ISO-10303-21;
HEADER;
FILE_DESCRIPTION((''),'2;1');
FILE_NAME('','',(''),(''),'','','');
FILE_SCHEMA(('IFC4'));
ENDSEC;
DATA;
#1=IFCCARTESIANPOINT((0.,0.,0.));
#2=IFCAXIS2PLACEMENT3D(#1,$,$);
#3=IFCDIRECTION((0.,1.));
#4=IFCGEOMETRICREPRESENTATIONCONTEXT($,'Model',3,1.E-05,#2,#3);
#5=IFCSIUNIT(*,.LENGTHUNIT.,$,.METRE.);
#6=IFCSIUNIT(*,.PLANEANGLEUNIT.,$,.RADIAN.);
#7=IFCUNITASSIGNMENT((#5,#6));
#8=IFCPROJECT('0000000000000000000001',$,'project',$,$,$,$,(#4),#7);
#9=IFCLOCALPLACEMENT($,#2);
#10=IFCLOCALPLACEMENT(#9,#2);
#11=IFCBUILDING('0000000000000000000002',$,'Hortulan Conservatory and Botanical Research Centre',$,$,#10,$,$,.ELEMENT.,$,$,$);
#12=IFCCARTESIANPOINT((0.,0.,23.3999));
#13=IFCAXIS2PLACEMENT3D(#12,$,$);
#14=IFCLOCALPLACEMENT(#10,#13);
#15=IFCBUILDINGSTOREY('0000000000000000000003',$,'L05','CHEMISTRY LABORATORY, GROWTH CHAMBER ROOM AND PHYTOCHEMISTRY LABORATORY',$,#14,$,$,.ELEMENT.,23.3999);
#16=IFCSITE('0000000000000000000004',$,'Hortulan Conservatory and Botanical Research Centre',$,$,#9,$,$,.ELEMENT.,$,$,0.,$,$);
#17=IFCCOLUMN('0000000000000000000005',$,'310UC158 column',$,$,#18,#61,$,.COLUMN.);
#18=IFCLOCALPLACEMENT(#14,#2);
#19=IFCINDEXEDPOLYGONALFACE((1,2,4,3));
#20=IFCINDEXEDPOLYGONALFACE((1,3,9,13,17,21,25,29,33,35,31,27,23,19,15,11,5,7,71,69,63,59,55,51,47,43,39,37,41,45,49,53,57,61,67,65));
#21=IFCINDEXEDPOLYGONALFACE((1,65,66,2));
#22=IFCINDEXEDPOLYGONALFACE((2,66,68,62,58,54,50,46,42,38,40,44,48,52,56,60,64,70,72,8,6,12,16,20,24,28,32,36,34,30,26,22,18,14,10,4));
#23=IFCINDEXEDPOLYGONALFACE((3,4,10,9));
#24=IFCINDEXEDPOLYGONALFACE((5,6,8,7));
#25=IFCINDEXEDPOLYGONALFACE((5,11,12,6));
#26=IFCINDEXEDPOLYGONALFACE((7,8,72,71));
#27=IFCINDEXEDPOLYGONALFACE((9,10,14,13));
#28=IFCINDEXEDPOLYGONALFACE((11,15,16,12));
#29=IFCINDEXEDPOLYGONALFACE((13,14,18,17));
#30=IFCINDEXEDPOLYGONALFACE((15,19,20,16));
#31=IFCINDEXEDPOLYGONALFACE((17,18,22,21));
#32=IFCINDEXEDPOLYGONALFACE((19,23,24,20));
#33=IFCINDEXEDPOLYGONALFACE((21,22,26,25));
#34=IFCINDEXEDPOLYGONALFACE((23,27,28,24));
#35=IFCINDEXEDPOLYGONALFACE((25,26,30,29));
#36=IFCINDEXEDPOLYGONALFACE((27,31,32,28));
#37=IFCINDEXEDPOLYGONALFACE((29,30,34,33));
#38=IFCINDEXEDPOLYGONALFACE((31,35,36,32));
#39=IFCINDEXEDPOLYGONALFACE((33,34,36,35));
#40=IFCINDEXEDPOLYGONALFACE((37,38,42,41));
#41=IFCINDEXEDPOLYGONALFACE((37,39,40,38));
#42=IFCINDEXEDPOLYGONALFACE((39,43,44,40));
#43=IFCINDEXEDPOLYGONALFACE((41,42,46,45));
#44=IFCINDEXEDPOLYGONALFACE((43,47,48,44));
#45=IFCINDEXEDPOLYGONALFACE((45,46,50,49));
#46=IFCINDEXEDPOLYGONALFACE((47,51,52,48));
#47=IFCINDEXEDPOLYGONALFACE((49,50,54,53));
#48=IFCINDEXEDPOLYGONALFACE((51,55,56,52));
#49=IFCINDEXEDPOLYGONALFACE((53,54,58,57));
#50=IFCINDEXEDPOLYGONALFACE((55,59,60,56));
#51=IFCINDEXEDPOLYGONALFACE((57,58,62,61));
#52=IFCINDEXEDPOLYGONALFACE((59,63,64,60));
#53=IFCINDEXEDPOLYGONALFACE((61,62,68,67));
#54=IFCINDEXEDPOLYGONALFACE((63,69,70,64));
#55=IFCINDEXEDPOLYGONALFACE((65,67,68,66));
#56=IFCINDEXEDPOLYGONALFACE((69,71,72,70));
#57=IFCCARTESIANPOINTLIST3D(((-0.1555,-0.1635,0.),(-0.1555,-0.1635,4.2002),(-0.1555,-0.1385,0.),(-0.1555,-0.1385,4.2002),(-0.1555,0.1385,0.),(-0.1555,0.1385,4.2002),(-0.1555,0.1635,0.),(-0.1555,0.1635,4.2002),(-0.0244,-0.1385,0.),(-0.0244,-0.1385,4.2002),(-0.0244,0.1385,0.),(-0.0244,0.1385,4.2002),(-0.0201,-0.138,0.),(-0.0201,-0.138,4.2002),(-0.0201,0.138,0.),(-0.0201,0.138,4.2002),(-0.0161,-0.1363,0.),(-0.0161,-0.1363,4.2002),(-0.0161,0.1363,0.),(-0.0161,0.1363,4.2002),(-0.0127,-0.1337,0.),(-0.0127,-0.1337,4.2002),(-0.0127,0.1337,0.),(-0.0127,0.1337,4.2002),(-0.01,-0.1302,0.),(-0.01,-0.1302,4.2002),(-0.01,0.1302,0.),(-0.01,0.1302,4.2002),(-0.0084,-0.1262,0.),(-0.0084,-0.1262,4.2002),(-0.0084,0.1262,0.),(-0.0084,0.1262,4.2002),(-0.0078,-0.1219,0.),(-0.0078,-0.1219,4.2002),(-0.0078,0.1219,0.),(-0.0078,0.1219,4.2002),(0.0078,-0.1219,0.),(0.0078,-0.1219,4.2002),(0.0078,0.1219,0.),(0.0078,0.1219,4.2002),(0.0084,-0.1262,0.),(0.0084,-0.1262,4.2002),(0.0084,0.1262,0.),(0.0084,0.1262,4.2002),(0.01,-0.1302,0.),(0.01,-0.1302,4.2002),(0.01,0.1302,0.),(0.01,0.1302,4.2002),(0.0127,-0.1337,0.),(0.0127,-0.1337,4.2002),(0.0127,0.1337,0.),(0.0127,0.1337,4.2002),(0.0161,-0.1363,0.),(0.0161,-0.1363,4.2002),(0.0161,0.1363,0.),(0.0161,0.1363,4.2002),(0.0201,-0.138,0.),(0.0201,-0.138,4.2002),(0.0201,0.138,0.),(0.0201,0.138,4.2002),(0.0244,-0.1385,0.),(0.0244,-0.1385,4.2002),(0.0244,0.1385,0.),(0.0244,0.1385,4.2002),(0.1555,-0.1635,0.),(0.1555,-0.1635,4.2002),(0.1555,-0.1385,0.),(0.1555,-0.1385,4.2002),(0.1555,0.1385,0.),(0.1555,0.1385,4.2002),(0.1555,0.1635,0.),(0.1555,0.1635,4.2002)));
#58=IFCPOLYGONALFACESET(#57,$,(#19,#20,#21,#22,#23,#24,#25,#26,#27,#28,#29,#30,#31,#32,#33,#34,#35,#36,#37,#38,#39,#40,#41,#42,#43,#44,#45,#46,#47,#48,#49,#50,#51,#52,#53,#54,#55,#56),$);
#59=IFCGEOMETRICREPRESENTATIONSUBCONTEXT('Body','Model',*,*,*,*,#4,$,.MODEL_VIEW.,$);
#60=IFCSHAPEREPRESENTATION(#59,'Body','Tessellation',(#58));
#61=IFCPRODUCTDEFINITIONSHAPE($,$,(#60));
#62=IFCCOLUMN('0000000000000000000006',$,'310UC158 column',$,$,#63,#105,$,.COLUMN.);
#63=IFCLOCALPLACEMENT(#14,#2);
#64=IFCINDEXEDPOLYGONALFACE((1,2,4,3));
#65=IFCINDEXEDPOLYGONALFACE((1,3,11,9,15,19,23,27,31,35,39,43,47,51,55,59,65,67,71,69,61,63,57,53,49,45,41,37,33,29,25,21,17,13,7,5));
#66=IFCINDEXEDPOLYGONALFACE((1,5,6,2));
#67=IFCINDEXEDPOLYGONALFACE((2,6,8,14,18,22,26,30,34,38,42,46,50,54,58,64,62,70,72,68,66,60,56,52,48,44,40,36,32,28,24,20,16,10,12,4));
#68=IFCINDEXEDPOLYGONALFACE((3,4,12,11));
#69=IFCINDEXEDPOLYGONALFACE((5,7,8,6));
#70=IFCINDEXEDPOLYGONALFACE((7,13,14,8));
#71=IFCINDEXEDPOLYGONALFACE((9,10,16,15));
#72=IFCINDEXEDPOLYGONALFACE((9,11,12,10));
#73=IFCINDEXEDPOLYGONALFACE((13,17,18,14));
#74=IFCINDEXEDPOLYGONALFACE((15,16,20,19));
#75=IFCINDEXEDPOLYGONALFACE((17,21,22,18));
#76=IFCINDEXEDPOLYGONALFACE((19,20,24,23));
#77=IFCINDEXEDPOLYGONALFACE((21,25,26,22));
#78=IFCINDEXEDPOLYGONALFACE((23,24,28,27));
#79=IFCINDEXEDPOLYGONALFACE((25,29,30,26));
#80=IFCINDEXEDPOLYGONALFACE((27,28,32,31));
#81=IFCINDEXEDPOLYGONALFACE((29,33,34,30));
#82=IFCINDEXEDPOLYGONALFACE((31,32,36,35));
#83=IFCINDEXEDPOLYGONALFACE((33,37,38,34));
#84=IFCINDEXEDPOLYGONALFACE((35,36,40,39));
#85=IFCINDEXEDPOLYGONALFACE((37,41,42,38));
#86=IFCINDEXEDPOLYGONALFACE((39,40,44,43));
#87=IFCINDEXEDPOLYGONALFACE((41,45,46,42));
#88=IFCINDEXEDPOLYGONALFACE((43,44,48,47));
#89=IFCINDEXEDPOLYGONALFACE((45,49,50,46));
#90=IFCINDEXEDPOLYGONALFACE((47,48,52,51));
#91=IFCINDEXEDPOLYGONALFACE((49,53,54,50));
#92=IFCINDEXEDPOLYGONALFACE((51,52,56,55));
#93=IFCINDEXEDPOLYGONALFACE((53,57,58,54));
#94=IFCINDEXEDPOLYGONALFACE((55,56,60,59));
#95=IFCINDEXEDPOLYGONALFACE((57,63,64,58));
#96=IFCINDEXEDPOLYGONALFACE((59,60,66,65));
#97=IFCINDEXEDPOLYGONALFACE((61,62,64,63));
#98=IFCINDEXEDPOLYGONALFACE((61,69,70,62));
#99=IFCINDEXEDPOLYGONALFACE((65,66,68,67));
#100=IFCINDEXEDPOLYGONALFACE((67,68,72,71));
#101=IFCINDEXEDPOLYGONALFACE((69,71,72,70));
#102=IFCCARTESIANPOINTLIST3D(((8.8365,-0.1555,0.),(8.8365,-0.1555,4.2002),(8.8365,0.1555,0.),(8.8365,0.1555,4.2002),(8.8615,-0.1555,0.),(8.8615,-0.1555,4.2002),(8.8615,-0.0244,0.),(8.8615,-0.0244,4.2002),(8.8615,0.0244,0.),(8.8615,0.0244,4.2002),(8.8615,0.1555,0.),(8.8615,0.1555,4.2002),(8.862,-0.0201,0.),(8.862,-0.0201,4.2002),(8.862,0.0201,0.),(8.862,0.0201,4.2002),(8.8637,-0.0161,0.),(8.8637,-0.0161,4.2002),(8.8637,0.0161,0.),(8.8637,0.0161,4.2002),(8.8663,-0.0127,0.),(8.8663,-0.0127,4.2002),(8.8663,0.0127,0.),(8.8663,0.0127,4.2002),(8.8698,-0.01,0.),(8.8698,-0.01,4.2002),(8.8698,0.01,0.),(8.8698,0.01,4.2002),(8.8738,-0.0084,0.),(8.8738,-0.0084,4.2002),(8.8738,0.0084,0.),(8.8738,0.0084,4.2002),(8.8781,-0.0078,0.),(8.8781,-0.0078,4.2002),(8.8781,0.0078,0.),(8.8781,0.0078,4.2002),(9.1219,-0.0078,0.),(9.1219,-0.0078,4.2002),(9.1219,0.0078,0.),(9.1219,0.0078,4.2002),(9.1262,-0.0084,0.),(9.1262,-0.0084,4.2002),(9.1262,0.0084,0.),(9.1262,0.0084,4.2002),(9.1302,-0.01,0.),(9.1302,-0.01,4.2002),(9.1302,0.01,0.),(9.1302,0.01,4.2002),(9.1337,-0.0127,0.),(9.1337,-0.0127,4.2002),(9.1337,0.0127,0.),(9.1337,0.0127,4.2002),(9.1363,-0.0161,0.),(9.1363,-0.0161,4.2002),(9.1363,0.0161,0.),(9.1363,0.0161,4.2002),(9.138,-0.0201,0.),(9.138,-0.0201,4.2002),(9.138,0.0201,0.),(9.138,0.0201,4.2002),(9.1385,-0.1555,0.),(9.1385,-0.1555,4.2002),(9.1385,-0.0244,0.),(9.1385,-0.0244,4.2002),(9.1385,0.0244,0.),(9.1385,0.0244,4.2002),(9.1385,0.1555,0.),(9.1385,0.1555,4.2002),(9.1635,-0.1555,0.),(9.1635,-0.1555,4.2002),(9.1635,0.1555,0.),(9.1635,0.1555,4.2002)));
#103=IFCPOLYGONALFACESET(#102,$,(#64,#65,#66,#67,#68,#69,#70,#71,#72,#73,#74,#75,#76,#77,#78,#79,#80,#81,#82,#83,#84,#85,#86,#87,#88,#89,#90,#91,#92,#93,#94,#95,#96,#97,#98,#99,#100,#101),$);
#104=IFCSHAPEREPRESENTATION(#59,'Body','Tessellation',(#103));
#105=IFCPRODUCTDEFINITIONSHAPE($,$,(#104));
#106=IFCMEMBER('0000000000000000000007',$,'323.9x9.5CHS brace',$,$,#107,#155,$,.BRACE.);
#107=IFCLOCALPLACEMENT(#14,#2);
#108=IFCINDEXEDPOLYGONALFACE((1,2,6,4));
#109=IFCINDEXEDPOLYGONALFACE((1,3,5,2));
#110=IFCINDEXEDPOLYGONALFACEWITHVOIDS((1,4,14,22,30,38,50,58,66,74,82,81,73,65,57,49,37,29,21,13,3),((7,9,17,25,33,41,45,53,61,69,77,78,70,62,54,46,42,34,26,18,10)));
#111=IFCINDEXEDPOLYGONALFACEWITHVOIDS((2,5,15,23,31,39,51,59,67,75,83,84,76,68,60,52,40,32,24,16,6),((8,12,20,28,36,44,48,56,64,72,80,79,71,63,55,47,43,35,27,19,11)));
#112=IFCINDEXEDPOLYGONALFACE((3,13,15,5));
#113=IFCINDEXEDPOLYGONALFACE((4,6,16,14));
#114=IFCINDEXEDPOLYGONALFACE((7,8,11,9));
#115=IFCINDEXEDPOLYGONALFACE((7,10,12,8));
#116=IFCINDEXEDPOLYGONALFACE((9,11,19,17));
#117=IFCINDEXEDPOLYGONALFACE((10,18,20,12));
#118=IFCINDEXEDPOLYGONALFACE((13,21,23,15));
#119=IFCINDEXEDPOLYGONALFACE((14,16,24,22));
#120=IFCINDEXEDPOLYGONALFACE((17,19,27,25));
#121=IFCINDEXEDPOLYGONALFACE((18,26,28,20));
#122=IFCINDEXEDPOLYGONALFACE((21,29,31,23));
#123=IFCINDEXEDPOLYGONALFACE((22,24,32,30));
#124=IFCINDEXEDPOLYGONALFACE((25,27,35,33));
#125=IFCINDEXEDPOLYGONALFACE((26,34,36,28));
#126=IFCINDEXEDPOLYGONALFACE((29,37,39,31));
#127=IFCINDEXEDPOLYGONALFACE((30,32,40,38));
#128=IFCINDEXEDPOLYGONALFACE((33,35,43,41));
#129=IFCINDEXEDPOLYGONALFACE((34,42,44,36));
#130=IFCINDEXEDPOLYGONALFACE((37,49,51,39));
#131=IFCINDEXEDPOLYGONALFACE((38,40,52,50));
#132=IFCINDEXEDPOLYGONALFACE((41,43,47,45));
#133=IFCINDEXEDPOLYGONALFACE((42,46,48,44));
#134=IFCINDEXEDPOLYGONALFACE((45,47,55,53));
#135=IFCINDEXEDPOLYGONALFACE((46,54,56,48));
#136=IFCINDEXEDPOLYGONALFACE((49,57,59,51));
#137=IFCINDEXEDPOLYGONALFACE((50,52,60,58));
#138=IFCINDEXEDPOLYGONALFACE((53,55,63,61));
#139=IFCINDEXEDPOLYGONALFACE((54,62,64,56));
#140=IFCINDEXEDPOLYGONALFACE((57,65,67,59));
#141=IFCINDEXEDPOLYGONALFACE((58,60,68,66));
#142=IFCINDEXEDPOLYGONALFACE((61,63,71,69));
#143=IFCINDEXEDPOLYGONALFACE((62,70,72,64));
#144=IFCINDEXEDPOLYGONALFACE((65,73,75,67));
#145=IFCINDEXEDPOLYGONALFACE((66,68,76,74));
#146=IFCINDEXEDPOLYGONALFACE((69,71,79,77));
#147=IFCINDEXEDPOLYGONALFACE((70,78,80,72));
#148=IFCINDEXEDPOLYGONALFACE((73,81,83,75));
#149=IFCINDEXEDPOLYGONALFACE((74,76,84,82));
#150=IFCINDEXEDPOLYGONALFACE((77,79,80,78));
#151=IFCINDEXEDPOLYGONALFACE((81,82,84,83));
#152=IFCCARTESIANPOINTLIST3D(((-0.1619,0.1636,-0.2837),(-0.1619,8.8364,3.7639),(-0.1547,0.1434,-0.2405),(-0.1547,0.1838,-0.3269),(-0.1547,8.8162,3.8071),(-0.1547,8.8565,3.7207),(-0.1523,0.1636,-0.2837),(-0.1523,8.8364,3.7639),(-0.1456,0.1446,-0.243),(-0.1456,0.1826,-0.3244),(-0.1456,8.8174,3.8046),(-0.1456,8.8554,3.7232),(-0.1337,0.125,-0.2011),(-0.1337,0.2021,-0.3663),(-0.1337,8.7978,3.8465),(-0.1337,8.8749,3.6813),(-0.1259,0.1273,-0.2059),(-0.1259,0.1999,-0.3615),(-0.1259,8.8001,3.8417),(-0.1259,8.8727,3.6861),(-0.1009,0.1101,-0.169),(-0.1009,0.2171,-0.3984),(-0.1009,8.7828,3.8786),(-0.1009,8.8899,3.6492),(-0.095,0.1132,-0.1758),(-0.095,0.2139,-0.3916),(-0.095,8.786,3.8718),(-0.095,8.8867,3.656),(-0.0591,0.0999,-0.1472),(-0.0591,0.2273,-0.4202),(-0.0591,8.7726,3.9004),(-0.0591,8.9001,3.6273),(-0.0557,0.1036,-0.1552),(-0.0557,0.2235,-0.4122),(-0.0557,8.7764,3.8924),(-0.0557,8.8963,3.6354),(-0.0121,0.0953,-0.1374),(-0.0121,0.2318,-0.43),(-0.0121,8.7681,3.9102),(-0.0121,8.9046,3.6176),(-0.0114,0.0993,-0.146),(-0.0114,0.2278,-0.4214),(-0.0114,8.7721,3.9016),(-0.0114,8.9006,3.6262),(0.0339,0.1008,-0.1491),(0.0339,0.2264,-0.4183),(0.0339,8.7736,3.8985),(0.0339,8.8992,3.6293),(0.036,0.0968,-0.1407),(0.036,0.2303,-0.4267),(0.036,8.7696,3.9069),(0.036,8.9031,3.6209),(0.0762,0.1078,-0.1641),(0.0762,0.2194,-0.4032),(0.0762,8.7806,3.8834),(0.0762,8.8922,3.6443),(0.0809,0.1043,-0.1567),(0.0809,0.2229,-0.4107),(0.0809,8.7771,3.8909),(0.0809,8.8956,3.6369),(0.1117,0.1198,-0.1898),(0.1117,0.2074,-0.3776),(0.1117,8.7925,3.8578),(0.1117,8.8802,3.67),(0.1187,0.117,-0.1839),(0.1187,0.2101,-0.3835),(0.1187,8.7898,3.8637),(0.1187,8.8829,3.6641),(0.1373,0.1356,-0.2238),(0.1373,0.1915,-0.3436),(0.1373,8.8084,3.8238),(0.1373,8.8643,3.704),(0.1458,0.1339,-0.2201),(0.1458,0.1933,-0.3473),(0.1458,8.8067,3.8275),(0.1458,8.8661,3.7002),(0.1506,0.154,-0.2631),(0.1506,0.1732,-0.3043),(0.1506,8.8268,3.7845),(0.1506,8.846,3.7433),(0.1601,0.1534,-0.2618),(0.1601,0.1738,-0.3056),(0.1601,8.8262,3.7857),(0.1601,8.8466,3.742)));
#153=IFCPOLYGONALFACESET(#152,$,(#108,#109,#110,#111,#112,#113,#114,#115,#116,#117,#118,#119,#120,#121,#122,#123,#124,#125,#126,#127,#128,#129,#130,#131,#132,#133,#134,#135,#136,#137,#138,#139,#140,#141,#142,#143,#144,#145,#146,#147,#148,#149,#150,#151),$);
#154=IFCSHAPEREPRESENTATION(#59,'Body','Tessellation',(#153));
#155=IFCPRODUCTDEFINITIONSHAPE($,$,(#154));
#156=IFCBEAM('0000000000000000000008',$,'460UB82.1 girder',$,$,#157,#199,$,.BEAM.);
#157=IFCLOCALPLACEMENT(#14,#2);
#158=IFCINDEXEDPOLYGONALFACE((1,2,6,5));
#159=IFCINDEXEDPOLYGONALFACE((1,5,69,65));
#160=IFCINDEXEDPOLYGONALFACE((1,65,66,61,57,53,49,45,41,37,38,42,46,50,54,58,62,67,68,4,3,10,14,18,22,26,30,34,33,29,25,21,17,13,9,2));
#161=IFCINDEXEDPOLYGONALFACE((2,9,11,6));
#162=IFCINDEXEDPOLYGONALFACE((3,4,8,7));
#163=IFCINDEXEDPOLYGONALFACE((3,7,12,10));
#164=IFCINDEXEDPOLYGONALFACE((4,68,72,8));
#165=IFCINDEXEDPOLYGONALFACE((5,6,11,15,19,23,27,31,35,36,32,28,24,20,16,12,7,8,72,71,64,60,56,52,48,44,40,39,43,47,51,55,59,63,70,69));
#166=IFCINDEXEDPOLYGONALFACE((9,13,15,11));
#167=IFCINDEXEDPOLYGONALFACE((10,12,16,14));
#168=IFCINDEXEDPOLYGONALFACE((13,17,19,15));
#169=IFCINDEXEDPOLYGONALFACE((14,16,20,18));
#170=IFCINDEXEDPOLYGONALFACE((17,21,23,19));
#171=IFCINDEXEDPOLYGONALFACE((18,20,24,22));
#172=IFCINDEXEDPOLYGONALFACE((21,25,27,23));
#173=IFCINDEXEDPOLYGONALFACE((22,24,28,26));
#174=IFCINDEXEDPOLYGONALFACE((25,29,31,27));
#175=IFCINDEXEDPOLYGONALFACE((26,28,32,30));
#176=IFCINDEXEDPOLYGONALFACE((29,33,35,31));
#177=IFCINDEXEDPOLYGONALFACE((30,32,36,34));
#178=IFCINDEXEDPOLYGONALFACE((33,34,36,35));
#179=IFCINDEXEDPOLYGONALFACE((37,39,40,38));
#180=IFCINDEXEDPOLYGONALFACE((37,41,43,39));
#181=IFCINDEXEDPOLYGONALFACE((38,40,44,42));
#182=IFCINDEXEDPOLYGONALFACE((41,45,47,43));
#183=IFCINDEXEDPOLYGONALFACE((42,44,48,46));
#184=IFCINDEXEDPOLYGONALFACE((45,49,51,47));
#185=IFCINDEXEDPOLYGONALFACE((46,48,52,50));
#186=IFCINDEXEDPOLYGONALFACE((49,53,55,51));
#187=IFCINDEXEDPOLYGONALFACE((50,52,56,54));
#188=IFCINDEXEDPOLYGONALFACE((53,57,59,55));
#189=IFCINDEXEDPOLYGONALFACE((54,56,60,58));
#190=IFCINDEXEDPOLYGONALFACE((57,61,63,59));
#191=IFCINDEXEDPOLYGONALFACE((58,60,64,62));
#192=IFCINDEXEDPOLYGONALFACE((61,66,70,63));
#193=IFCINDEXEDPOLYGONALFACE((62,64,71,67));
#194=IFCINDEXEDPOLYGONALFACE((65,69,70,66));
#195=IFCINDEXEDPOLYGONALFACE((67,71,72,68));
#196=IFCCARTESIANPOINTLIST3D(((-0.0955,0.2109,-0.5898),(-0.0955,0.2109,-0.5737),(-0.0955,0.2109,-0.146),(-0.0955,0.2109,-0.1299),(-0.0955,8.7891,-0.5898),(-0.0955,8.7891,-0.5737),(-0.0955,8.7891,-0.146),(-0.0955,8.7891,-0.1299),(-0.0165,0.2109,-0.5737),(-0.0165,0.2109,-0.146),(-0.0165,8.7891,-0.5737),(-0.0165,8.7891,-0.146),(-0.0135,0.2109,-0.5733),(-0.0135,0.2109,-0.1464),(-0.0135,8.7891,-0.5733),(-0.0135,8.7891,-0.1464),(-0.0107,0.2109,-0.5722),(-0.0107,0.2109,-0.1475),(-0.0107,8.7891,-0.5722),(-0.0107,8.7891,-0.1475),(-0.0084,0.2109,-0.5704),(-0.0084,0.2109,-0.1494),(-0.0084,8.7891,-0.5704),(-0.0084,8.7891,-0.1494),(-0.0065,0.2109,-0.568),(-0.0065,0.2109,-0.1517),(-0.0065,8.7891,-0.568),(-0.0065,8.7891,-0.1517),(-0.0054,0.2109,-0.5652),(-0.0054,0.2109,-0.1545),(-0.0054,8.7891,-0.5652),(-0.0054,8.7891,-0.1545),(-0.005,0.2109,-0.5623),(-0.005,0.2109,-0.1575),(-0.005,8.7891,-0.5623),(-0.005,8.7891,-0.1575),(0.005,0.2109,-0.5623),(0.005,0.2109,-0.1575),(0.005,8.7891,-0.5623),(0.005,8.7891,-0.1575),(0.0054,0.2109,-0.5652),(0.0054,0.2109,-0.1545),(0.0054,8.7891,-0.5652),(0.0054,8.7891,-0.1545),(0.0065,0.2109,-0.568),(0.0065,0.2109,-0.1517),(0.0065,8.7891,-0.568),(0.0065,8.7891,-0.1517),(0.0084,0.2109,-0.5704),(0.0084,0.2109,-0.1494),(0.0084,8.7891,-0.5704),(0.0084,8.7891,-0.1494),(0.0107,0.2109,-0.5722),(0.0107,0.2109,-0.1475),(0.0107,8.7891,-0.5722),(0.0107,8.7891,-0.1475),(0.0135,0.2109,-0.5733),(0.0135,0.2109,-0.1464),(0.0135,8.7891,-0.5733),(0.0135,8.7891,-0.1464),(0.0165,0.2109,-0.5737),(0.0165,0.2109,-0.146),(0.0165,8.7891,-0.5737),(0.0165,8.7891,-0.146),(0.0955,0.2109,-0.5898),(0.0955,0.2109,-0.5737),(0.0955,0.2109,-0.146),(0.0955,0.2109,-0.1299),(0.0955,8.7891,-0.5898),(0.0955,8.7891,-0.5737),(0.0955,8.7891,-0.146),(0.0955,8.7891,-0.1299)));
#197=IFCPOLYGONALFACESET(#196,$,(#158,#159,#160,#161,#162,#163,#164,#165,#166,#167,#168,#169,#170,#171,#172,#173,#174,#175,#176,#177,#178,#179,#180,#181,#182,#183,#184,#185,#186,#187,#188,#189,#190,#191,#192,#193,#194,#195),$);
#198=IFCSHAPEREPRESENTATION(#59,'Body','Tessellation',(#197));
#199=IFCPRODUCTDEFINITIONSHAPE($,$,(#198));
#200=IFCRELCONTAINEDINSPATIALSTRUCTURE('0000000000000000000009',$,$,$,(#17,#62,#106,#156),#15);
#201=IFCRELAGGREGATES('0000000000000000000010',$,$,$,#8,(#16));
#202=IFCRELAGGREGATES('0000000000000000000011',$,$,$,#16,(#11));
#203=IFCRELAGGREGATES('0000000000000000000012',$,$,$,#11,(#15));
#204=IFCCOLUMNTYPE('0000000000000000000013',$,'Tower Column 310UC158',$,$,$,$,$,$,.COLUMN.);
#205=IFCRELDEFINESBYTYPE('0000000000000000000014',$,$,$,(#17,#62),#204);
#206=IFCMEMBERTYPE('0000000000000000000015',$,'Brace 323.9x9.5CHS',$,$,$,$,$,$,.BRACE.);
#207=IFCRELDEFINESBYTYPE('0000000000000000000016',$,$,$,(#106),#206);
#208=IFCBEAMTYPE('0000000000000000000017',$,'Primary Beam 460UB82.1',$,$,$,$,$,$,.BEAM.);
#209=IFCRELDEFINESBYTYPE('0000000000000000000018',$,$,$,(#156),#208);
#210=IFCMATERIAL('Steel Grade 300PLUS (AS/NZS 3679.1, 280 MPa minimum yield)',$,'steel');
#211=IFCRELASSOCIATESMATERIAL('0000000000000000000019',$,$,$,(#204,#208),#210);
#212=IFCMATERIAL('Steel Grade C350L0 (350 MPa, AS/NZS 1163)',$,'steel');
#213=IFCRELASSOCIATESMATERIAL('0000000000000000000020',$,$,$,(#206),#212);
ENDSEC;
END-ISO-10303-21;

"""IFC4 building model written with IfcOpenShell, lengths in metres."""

from ifc_helpers import new_model, si_unit, direction, frame, origin, origin_2d, place, context, subcontext, project, spatial, hollow_circle, i_section, extrude, material, material_profile, profile_set, type_object, element, save


model = new_model("IFC4")

# Units and contexts
model_context = context("Model", 3, precision=1e-05, world=origin(), true_north=direction((0.0, 1.0)))
body_context = subcontext(model_context, "Body", "Model", "MODEL_VIEW")
ifc_project = project(units=[si_unit("LENGTHUNIT", "METRE"), si_unit("PLANEANGLEUNIT", "RADIAN")], contexts=[model_context])

# Site, building, storey
site_placement = place(None, origin())
site = spatial("IfcSite", under=ifc_project, at=site_placement, Name="Hortulan Conservatory and Botanical Research Centre", CompositionType="ELEMENT", RefElevation=0.0)
building_placement = place(site_placement, origin())
building = spatial("IfcBuilding", under=site, at=building_placement, Name="Hortulan Conservatory and Botanical Research Centre", CompositionType="ELEMENT")
storey_placement = place(building_placement, frame((0.0, 0.0, 23.3999)))
storey = spatial("IfcBuildingStorey", under=building, at=storey_placement, Name="L05", Description="CHEMISTRY LABORATORY, GROWTH CHAMBER ROOM AND PHYTOCHEMISTRY LABORATORY", CompositionType="ELEMENT", Elevation=23.3999)

# Columns
ifc_material_1 = material(Name="Steel Grade 300PLUS (AS/NZS 3679.1, 280 MPa minimum yield)", Category="steel")
ifc_material_profile_1 = material_profile(ifc_material_1, i_section(OverallWidth=0.311, OverallDepth=0.3269, WebThickness=0.0156, FlangeThickness=0.0249, FilletRadius=0.0166, at=origin_2d()), Name="310UC158")
ifc_profile_set_1 = profile_set([ifc_material_profile_1], Name="Steel Grade 300PLUS (AS/NZS 3679.1, 280 MPa minimum yield)")
column_type = type_object("IfcColumnType", Name="Tower Column 310UC158", PredefinedType="COLUMN", material=ifc_profile_set_1)
for number, where, z_axis, x_axis, name in (
    (1, (0.0, 0.0, 0.0), (0.0, 0.0, 1.0), (1.0, 0.0, 0.0), "310UC158 column"),
    (2, (9.0, 0.0, 0.0), (0.0, 0.0, 1.0), (0.0, 1.0, 0.0), "310UC158 column"),
):
    element("IfcColumn", number, at=place(storey_placement, frame(where, z_axis=z_axis, x_axis=x_axis)), inside=storey, type_object=column_type, Name=name, PredefinedType="COLUMN", context=body_context, shape_type="SweptSolid", body=[
        extrude(i_section(OverallWidth=0.311, OverallDepth=0.3269, WebThickness=0.0156, FlangeThickness=0.0249, FilletRadius=0.0166, at=origin_2d()), origin(), (0.0, 0.0, 1.0), 4.2002),
    ])

# Member
ifc_material_2 = material(Name="Steel Grade C350L0 (350 MPa, AS/NZS 1163)", Category="steel")
ifc_material_profile_2 = material_profile(ifc_material_2, hollow_circle(Radius=0.1619, WallThickness=0.0095, at=origin_2d()), Name="323.9x9.5CHS")
ifc_profile_set_2 = profile_set([ifc_material_profile_2], Name="Steel Grade C350L0 (350 MPa, AS/NZS 1163)")
member_type = type_object("IfcMemberType", Name="Brace 323.9x9.5CHS", PredefinedType="BRACE", material=ifc_profile_set_2)
member_placement = place(storey_placement, frame((0.0, 0.1636, -0.2837), z_axis=(0.0, 0.906172, 0.422909), x_axis=(-1.0, 0.0, 0.0)))
element("IfcMember", 3, at=member_placement, inside=storey, type_object=member_type, Name="323.9x9.5CHS brace", PredefinedType="BRACE", context=body_context, shape_type="SweptSolid", body=[
    extrude(hollow_circle(Radius=0.1619, WallThickness=0.0095, at=origin_2d()), origin(), (0.0, 0.0, 1.0), 9.5708),
])

# Beam
ifc_material_profile_3 = material_profile(ifc_material_1, i_section(OverallWidth=0.1909, OverallDepth=0.46, WebThickness=0.01, FlangeThickness=0.0161, FilletRadius=0.0115, at=origin_2d()), Name="460UB82.1")
ifc_profile_set_3 = profile_set([ifc_material_profile_3], Name="Steel Grade 300PLUS (AS/NZS 3679.1, 280 MPa minimum yield)")
beam_type_1 = type_object("IfcBeamType", Name="Primary Beam 460UB82.1", PredefinedType="BEAM", material=ifc_profile_set_3)
beam_1_placement = place(storey_placement, frame((0.0, 0.2109, -0.3599), z_axis=(0.0, 1.0, 0.0), x_axis=(-1.0, 0.0, 0.0)))
element("IfcBeam", 4, at=beam_1_placement, inside=storey, type_object=beam_type_1, Name="460UB82.1 girder", PredefinedType="BEAM", context=body_context, shape_type="SweptSolid", body=[
    extrude(i_section(OverallWidth=0.1909, OverallDepth=0.46, WebThickness=0.01, FlangeThickness=0.0161, FilletRadius=0.0115, at=origin_2d()), origin(), (0.0, 0.0, 1.0), 8.5781),
])

save(model, "model.ifc")
